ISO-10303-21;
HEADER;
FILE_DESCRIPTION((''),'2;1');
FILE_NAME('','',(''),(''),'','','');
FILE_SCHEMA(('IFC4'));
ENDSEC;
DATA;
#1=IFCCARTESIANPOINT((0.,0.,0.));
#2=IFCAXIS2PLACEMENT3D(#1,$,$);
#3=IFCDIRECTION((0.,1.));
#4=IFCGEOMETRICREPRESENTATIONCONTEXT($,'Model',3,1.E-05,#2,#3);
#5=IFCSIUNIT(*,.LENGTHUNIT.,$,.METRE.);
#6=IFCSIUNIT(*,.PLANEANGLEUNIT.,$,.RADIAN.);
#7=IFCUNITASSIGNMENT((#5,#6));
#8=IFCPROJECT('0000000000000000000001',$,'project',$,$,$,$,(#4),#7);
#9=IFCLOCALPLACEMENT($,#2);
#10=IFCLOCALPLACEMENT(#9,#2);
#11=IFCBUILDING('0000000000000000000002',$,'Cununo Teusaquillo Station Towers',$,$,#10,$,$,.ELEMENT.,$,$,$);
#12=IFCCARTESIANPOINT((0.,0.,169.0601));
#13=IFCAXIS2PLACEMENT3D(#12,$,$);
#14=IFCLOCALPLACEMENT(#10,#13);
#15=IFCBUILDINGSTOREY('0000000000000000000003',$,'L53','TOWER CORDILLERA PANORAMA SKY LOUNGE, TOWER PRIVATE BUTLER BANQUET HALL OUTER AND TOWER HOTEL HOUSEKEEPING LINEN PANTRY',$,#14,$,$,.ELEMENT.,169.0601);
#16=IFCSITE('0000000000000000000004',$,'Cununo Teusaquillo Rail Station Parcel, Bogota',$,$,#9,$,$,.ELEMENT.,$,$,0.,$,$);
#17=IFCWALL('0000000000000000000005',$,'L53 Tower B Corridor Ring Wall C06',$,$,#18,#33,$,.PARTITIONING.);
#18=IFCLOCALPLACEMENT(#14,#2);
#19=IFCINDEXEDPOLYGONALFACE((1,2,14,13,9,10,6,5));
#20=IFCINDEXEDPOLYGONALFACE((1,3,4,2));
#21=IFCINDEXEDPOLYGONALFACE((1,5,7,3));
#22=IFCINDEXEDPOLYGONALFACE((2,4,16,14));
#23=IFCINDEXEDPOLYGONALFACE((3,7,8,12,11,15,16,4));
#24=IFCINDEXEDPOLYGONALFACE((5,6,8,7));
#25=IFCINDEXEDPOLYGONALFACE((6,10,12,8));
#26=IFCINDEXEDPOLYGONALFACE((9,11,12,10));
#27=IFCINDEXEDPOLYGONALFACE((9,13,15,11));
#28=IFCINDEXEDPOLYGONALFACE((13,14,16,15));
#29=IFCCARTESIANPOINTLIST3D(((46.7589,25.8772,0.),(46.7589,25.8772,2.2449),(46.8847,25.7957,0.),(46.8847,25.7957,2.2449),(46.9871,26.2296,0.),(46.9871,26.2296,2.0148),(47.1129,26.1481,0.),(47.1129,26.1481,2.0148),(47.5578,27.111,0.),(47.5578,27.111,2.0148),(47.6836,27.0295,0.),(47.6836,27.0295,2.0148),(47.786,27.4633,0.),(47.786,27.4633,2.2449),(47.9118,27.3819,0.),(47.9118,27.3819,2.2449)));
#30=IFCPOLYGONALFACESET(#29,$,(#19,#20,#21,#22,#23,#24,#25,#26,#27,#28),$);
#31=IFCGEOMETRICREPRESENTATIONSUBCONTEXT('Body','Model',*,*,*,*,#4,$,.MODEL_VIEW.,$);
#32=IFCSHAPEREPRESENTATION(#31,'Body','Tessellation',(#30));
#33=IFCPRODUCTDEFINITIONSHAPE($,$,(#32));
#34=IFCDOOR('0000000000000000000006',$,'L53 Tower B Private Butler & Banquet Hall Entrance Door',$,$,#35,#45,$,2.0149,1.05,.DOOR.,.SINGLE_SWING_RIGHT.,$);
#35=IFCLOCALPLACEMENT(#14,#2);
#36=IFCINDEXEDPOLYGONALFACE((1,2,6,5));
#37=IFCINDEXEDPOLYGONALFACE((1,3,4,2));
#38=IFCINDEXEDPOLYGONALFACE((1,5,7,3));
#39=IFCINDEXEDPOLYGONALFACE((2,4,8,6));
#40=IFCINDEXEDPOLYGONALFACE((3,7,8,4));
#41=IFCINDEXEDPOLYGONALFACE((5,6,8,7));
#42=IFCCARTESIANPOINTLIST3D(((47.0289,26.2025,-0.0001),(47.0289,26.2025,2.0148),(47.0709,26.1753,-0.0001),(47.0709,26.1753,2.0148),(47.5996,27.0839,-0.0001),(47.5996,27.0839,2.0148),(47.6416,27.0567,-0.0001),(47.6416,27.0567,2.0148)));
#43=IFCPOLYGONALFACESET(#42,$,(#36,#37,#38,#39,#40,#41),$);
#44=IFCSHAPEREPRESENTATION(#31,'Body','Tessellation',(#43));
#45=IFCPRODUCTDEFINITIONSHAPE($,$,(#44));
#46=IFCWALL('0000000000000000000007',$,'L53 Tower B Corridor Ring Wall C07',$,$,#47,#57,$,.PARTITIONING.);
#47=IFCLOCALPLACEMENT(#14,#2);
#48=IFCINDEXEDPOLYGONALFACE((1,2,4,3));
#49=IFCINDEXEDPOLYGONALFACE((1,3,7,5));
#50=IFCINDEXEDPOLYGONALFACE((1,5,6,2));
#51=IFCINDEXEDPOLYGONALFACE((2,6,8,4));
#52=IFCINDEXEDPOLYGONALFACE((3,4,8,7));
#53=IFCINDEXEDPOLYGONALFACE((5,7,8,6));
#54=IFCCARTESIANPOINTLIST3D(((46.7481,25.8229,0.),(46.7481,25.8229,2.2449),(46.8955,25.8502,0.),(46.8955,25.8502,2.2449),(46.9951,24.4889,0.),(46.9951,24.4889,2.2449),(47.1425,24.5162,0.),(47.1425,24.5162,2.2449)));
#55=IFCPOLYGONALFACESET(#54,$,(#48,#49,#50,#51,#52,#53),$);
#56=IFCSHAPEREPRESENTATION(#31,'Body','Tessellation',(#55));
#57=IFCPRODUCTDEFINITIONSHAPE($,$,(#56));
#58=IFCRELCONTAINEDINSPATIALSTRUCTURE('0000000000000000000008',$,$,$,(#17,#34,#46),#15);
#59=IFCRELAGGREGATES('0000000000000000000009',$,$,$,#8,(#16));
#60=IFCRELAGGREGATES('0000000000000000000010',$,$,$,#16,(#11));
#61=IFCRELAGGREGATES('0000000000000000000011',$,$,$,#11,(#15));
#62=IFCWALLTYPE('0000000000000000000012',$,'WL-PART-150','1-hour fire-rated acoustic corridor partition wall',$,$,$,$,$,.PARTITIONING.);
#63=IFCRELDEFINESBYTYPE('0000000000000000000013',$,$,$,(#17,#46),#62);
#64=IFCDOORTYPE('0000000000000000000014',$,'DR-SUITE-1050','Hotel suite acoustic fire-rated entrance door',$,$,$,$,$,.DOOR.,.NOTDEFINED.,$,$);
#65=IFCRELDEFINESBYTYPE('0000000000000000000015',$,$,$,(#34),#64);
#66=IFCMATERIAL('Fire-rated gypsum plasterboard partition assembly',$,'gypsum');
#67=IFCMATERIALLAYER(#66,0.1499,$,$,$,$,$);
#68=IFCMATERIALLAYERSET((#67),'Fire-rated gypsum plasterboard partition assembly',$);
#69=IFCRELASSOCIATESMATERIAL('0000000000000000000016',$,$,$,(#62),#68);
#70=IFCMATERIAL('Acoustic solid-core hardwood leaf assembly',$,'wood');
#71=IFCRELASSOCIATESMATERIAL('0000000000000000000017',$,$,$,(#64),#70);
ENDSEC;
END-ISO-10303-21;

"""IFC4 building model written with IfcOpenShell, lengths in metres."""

from ifc_helpers import new_model, si_unit, direction, frame, frame_2d, origin, place, context, subcontext, project, spatial, rectangle, extrude, source, transform, mapped, material, layer, layer_set, type_object, element, fill, save


model = new_model("IFC4")

# Units and contexts
model_context = context("Model", 3, precision=1e-05, world=origin(), true_north=direction((0.0, 1.0)))
body_context = subcontext(model_context, "Body", "Model", "MODEL_VIEW")
ifc_project = project(units=[si_unit("LENGTHUNIT", "METRE"), si_unit("PLANEANGLEUNIT", "RADIAN")], contexts=[model_context])

# Site, building, storey
site_placement = place(None, origin())
site = spatial("IfcSite", under=ifc_project, at=site_placement, Name="Cununo Teusaquillo Rail Station Parcel, Bogota", CompositionType="ELEMENT", RefElevation=0.0)
building_placement = place(site_placement, origin())
building = spatial("IfcBuilding", under=site, at=building_placement, Name="Cununo Teusaquillo Station Towers", CompositionType="ELEMENT")
storey_placement = place(building_placement, frame((0.0, 0.0, 169.0601)))
storey = spatial("IfcBuildingStorey", under=building, at=storey_placement, Name="L53", Description="TOWER CORDILLERA PANORAMA SKY LOUNGE, TOWER PRIVATE BUTLER BANQUET HALL OUTER AND TOWER HOTEL HOUSEKEEPING LINEN PANTRY", CompositionType="ELEMENT", Elevation=169.0601)

# Wall, opening, door
ifc_material_1 = material(Name="Fire-rated gypsum plasterboard partition assembly", Category="gypsum")
ifc_layer_1 = layer(ifc_material_1, 0.1499)
ifc_layer_set_1 = layer_set([ifc_layer_1], Name="Fire-rated gypsum plasterboard partition assembly")
wall_type_1 = type_object("IfcWallType", Name="WL-PART-150", Description="1-hour fire-rated acoustic corridor partition wall", PredefinedType="PARTITIONING", material=ifc_layer_set_1)
wall_1_placement = place(storey_placement, frame((47.8489, 27.4226, 0.0), z_axis=(0.0, 0.0, 1.0), x_axis=(-0.54353, -0.83939, 0.0)))
wall_1 = element("IfcWall", 1, at=wall_1_placement, inside=storey, type_object=wall_type_1, Name="L53 Tower B Corridor Ring Wall C06", PredefinedType="PARTITIONING", context=body_context, shape_type="SweptSolid", body=[
    extrude(rectangle(XDim=1.8896, YDim=0.1499, at=frame_2d((0.9448, 0.0))), origin(), (0.0, 0.0, 1.0), 2.2449),
])
shared_shape_1 = source(origin(), body_context, "Body", "SweptSolid", [
    extrude(rectangle(XDim=1.05, YDim=2.0149, at=frame_2d((0.5249, 1.0073))), frame((0.0, 0.085, 0.0), z_axis=(0.0, -1.0, 0.0), x_axis=(1.0, 0.0, 0.0)), (0.0, 0.0, 1.0), 0.1699),
])
opening_1_placement = place(wall_1_placement, frame((0.4199, 0.0, 0.0)))
opening_1 = element("IfcOpeningElement", 2, at=opening_1_placement, cuts=wall_1, PredefinedType="OPENING", context=body_context, shape_type="MappedRepresentation", body=[
    mapped(shared_shape_1, transform((0.0, 0.0, 0.0), x_axis=(1.0, 0.0, 0.0), y_axis=(0.0, 1.0, 0.0), z_axis=(0.0, 0.0, 1.0), scale=1.0)),
])
ifc_material_2 = material(Name="Acoustic solid-core hardwood leaf assembly", Category="wood")
door_type_1 = type_object("IfcDoorType", Name="DR-SUITE-1050", Description="Hotel suite acoustic fire-rated entrance door", OperationType="NOTDEFINED", PredefinedType="DOOR", material=ifc_material_2)
shared_shape_2 = source(origin(), body_context, "Body", "SweptSolid", [
    extrude(rectangle(XDim=1.05, YDim=2.0149, at=frame_2d((0.5249, 1.0073))), frame((0.0, 0.0249, 0.0), z_axis=(0.0, -1.0, 0.0), x_axis=(1.0, 0.0, 0.0)), (0.0, 0.0, 1.0), 0.05),
])
door_1_placement = place(opening_1_placement, origin())
door_1 = element("IfcDoor", 3, at=door_1_placement, inside=storey, type_object=door_type_1, Name="L53 Tower B Private Butler & Banquet Hall Entrance Door", OperationType="SINGLE_SWING_RIGHT", OverallHeight=2.0149, OverallWidth=1.05, PredefinedType="DOOR", context=body_context, shape_type="MappedRepresentation", body=[
    mapped(shared_shape_2, transform((0.0, 0.0, 0.0), x_axis=(1.0, 0.0, 0.0), y_axis=(0.0, 1.0, 0.0), z_axis=(0.0, 0.0, 1.0), scale=1.0)),
])
fill(opening_1, door_1)

# Wall
wall_2_placement = place(storey_placement, frame((46.8218, 25.8364, 0.0), z_axis=(0.0, 0.0, 1.0), x_axis=(0.182115, -0.983277, 0.0)))
element("IfcWall", 4, at=wall_2_placement, inside=storey, type_object=wall_type_1, Name="L53 Tower B Corridor Ring Wall C07", PredefinedType="PARTITIONING", context=body_context, shape_type="SweptSolid", body=[
    extrude(rectangle(XDim=1.3567, YDim=0.1499, at=frame_2d((0.6782, 0.0))), origin(), (0.0, 0.0, 1.0), 2.2449),
])

save(model, "model.ifc")
